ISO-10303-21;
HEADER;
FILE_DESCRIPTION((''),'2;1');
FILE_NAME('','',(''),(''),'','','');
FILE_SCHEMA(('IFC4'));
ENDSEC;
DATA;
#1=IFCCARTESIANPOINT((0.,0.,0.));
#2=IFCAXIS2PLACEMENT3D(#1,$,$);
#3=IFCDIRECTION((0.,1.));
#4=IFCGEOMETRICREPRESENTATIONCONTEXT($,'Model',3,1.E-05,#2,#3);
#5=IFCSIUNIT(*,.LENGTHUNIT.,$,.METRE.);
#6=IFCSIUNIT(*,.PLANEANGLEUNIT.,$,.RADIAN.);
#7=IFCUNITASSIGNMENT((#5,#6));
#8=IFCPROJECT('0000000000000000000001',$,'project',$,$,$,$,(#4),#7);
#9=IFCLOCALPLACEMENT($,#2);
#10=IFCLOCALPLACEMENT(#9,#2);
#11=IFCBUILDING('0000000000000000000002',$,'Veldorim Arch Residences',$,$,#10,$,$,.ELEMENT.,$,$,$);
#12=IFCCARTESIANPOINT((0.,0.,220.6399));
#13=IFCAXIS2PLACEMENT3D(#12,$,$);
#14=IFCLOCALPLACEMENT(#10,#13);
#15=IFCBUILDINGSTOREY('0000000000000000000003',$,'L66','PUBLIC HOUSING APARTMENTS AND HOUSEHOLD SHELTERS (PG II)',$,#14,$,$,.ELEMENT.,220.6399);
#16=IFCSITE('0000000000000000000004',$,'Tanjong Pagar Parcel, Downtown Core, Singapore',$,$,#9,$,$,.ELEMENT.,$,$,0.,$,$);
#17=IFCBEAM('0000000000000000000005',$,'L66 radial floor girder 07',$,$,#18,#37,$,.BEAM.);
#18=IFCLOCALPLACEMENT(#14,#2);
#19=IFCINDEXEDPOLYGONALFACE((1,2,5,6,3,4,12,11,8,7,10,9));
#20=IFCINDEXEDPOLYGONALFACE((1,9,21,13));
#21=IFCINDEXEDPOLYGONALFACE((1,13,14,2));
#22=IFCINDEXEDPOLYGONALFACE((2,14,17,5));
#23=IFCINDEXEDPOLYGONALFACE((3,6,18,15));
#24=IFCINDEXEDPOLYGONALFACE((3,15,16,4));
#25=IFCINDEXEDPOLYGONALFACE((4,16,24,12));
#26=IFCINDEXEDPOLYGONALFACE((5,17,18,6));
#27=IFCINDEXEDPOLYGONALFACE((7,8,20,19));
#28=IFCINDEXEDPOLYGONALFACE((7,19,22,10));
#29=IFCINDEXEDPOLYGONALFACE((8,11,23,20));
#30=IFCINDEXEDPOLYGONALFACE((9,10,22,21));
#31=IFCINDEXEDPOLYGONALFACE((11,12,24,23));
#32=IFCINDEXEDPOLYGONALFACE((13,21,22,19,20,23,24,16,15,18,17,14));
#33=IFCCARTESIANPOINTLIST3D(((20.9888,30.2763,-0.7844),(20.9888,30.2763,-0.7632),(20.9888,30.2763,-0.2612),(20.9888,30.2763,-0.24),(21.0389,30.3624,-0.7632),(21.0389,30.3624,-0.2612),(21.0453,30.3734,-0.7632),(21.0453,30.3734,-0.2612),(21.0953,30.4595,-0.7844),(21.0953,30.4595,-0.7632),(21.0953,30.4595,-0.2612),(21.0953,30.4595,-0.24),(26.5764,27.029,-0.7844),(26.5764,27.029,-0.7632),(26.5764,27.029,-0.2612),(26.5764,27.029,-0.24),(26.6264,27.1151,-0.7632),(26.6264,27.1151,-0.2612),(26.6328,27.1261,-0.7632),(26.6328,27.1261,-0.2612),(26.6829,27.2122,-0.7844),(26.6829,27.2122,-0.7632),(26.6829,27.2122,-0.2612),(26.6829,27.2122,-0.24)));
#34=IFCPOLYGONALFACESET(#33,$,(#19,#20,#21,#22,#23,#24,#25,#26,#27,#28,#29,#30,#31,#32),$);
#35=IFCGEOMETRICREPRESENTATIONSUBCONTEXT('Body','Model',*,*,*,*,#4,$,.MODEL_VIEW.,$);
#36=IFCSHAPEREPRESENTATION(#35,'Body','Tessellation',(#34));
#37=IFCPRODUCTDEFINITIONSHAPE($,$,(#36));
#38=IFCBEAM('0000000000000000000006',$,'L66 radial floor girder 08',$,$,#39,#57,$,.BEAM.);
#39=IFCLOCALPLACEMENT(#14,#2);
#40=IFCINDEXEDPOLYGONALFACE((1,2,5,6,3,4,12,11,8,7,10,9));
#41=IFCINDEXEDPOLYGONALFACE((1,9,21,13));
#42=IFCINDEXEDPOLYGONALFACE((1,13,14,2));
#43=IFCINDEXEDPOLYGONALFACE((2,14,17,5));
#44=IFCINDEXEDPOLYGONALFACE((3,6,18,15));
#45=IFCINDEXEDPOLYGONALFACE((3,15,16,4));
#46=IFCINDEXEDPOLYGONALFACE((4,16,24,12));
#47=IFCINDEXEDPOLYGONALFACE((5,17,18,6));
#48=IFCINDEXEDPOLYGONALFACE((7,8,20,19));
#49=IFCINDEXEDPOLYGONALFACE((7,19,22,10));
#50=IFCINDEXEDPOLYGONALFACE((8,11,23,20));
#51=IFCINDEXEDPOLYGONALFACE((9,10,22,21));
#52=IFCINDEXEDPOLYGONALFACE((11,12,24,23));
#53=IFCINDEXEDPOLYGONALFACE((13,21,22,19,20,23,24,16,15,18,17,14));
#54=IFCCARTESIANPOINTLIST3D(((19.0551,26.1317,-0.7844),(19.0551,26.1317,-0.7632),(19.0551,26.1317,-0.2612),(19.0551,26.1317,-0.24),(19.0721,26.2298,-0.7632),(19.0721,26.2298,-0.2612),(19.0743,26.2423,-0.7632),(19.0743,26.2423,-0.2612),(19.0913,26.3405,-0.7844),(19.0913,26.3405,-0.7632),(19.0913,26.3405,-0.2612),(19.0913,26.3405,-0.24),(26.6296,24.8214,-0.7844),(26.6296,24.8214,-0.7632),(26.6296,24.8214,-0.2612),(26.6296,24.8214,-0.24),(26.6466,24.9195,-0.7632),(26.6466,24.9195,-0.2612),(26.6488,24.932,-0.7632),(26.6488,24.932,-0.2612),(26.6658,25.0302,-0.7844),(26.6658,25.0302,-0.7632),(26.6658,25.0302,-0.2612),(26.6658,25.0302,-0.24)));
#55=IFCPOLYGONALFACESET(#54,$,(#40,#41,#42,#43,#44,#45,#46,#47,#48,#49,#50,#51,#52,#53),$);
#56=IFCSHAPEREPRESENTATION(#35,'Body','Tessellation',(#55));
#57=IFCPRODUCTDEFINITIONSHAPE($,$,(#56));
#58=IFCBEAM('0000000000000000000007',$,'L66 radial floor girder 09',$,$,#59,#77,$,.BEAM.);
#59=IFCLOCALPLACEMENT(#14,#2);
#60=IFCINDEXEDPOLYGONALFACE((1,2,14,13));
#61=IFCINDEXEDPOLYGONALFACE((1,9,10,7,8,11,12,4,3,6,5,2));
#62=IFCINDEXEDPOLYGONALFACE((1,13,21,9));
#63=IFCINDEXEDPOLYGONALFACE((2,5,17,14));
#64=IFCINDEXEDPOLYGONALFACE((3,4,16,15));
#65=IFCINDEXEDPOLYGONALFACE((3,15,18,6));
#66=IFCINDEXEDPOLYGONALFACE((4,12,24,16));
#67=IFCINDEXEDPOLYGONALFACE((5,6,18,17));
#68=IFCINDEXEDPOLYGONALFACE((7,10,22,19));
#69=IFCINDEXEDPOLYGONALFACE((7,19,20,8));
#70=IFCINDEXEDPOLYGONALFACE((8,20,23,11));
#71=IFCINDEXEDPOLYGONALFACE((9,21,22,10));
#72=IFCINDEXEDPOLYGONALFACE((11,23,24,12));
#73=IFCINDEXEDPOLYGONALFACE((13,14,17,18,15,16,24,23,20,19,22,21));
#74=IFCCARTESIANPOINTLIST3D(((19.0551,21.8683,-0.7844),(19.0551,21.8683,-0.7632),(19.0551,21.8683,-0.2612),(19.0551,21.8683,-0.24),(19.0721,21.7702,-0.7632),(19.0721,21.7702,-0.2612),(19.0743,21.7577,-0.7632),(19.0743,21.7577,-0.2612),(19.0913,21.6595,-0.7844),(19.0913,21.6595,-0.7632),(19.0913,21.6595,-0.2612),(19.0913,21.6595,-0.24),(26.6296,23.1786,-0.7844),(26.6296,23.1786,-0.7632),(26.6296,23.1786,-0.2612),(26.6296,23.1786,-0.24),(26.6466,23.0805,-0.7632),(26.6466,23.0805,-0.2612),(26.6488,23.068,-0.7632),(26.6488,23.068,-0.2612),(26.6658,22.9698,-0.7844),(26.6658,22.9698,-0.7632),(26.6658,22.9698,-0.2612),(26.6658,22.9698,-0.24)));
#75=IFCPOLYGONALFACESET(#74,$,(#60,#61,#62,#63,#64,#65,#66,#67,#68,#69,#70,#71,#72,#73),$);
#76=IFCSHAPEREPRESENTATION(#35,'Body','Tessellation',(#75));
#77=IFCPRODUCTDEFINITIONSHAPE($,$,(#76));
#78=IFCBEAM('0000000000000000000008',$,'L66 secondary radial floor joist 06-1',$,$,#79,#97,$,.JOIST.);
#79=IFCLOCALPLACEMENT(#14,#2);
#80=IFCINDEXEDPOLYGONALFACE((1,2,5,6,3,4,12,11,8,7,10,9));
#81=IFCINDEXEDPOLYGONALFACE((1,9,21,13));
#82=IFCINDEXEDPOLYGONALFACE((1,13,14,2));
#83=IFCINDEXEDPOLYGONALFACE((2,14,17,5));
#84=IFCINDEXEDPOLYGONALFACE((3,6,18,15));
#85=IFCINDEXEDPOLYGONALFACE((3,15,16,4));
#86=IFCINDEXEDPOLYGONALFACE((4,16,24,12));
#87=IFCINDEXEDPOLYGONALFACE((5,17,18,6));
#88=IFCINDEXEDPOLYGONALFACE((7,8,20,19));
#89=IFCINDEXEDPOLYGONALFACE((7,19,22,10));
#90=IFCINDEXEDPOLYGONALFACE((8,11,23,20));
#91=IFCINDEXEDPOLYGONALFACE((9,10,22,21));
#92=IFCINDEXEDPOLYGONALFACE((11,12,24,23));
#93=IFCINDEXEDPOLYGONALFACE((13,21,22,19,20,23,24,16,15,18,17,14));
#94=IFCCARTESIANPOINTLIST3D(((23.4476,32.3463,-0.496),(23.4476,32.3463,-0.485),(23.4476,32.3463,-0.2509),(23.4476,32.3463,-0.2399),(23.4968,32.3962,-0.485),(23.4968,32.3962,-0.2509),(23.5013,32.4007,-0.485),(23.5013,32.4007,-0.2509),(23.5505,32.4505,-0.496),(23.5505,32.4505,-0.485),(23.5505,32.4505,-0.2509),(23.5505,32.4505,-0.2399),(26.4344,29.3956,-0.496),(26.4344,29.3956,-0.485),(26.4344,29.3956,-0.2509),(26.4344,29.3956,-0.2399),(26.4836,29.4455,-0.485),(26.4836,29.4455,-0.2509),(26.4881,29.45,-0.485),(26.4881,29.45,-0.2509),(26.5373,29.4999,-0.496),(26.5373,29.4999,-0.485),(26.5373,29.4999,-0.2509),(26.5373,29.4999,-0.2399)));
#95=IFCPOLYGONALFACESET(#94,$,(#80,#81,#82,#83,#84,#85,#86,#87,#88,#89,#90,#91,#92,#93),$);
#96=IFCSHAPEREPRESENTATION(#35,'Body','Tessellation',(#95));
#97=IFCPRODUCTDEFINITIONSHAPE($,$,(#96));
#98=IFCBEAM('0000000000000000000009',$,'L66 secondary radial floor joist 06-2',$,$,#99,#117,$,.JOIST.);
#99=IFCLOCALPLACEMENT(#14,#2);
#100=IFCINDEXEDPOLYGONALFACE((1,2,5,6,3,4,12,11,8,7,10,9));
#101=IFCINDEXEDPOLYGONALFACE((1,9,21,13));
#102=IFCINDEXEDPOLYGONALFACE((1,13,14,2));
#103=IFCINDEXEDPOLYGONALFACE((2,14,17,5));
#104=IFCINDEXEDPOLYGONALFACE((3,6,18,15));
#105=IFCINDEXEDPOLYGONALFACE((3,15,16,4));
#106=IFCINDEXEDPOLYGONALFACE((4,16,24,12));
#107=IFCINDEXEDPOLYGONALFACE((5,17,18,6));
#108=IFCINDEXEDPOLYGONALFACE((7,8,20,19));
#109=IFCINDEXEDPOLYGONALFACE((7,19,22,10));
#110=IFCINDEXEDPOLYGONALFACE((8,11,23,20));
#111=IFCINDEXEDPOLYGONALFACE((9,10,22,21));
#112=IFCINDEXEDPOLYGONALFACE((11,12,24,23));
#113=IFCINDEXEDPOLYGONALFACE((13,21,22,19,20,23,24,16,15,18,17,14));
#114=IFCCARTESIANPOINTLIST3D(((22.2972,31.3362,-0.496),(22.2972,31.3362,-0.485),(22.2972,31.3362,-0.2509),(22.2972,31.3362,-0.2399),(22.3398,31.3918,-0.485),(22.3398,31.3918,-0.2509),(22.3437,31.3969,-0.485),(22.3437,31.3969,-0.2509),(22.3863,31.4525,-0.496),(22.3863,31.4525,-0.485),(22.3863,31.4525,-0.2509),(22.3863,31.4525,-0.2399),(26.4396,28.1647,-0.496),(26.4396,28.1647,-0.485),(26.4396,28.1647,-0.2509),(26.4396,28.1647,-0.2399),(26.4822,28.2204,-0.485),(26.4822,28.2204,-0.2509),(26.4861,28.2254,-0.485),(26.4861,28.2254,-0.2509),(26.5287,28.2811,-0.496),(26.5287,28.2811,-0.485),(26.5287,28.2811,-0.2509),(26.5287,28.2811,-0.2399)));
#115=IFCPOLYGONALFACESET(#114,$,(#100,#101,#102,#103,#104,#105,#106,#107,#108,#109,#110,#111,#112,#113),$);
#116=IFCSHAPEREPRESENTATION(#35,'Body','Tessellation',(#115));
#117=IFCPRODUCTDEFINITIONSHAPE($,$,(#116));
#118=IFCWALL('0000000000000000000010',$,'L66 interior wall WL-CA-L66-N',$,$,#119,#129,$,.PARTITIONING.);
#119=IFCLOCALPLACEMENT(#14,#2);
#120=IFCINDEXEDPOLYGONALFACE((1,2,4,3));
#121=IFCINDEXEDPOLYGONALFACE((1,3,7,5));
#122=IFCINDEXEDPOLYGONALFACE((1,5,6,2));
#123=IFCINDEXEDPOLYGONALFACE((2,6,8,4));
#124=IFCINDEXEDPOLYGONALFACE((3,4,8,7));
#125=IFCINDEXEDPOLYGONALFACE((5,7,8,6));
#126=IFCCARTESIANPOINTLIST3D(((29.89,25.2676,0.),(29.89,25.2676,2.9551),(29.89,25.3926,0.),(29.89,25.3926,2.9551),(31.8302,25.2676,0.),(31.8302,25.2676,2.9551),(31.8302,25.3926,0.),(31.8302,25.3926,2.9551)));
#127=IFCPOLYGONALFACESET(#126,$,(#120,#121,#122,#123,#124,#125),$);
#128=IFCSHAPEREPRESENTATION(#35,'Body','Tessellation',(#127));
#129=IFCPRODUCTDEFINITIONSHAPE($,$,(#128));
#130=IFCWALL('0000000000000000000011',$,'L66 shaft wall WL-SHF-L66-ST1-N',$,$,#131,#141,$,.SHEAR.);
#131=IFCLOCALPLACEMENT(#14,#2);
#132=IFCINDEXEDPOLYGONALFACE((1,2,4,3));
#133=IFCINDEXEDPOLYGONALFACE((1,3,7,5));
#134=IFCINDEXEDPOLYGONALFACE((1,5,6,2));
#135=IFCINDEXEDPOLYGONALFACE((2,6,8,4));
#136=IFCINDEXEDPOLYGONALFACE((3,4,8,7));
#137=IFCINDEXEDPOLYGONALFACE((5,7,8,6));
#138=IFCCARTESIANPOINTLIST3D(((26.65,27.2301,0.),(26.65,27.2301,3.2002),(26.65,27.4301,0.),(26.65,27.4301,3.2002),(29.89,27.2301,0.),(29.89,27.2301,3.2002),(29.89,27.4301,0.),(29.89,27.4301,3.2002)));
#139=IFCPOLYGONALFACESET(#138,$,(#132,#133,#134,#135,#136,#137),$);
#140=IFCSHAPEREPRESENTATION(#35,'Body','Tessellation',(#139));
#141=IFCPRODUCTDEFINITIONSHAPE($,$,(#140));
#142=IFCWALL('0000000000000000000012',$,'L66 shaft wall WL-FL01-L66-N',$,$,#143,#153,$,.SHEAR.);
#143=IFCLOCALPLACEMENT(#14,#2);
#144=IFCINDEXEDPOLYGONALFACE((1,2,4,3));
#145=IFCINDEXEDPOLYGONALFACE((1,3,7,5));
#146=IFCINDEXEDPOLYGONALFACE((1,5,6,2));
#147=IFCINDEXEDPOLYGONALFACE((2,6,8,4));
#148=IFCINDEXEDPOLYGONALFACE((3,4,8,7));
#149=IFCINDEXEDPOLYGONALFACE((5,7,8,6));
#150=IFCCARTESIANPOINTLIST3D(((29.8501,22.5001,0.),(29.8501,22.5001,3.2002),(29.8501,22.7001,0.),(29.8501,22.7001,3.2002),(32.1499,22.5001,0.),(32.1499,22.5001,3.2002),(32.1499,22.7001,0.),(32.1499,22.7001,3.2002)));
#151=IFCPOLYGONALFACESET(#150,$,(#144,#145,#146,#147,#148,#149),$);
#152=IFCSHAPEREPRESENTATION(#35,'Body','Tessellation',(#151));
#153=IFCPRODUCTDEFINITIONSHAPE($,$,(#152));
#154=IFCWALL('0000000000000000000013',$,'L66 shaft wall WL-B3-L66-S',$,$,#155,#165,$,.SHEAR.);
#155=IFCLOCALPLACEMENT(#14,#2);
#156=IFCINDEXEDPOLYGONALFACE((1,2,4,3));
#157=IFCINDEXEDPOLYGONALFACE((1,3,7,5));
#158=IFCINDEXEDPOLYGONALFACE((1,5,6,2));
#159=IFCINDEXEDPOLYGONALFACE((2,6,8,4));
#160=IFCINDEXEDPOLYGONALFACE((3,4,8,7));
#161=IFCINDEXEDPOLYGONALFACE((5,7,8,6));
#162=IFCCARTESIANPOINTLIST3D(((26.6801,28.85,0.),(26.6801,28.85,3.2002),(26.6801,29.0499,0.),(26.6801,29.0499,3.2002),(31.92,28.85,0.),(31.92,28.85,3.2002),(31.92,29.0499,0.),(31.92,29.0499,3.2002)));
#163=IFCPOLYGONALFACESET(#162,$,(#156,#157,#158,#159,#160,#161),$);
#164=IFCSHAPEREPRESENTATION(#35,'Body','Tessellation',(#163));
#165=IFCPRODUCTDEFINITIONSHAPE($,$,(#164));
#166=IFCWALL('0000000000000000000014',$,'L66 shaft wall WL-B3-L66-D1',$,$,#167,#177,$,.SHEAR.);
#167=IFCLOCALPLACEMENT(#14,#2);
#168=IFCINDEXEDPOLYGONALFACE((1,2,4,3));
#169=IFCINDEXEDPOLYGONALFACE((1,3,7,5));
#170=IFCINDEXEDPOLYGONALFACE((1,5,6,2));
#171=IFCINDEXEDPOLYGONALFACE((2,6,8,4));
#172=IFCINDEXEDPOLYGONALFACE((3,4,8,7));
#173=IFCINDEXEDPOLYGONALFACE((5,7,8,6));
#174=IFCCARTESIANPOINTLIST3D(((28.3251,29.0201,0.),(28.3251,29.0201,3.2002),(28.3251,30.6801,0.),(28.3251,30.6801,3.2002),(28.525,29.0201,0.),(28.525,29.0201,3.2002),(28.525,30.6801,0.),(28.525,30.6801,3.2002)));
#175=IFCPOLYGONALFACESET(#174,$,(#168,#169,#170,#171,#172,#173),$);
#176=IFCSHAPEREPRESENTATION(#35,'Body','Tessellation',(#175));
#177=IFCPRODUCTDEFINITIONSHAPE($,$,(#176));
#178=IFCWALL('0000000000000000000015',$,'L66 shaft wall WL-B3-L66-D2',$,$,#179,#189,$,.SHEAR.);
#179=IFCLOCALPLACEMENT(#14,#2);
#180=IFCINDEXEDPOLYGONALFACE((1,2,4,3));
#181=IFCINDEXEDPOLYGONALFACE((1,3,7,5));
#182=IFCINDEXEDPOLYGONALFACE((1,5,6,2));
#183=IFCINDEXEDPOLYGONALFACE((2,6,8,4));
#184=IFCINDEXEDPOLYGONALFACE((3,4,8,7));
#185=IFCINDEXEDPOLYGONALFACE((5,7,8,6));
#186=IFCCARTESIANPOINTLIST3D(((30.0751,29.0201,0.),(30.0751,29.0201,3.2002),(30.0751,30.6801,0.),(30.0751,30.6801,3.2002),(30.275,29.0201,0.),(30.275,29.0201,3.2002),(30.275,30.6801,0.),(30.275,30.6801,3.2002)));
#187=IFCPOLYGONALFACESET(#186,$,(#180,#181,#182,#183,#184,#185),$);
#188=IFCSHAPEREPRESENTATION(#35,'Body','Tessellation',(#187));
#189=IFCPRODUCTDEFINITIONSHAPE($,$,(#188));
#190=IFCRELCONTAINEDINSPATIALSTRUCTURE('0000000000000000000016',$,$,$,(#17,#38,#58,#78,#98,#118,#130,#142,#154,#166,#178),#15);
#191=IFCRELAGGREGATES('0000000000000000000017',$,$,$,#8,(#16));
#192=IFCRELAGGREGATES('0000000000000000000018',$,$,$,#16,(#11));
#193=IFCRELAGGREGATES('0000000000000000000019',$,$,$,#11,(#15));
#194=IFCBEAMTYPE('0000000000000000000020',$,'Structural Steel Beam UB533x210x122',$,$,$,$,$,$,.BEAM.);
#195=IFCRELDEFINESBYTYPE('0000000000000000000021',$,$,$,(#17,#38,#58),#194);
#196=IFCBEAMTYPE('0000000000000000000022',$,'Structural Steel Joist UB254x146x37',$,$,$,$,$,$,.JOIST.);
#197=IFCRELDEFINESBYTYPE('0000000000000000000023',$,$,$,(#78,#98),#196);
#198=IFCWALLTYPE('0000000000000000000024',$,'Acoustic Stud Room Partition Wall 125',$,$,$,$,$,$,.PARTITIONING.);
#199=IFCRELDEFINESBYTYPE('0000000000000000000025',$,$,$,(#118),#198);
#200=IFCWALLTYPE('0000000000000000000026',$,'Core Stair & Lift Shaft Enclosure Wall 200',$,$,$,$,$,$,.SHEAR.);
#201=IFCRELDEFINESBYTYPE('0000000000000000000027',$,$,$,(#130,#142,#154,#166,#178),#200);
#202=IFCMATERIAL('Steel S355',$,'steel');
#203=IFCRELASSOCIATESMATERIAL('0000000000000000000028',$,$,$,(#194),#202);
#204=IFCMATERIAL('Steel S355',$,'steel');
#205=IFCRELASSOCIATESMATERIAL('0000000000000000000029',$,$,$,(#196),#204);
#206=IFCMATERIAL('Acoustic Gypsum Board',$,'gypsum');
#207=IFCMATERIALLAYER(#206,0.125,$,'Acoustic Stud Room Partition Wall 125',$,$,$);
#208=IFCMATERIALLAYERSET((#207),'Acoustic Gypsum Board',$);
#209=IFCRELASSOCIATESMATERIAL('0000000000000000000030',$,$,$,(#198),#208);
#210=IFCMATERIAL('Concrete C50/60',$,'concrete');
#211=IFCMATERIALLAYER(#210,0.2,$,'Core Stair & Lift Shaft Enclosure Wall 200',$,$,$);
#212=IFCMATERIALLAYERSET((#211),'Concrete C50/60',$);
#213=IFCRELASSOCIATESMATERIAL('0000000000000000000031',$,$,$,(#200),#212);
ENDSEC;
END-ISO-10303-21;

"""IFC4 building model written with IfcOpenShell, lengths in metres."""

from ifc_helpers import new_model, si_unit, direction, frame, frame_2d, origin, origin_2d, place, context, subcontext, project, spatial, rectangle, i_section, extrude, material, layer, layer_set, material_profile, profile_set, type_object, element, save


model = new_model("IFC4")

# Units and contexts
model_context = context("Model", 3, precision=1e-05, world=origin(), true_north=direction((0.0, 1.0)))
body_context = subcontext(model_context, "Body", "Model", "MODEL_VIEW")
ifc_project = project(units=[si_unit("LENGTHUNIT", "METRE"), si_unit("PLANEANGLEUNIT", "RADIAN")], contexts=[model_context])

# Site, building, storey
site_placement = place(None, origin())
site = spatial("IfcSite", under=ifc_project, at=site_placement, Name="Tanjong Pagar Parcel, Downtown Core, Singapore", CompositionType="ELEMENT", RefElevation=0.0)
building_placement = place(site_placement, origin())
building = spatial("IfcBuilding", under=site, at=building_placement, Name="Veldorim Arch Residences", CompositionType="ELEMENT")
storey_placement = place(building_placement, frame((0.0, 0.0, 220.6399)))
storey = spatial("IfcBuildingStorey", under=building, at=storey_placement, Name="L66", Description="PUBLIC HOUSING APARTMENTS AND HOUSEHOLD SHELTERS (PG II)", CompositionType="ELEMENT", Elevation=220.6399)

# Beams
ifc_material_1 = material(Name="Steel S355", Category="steel")
ifc_material_profile_1 = material_profile(ifc_material_1, i_section(OverallWidth=0.2119, OverallDepth=0.5444, WebThickness=0.0127, FlangeThickness=0.0212, at=origin_2d()), Name="UB533x210x122")
ifc_profile_set_1 = profile_set([ifc_material_profile_1], Name="Steel S355")
beam_type_1 = type_object("IfcBeamType", Name="Structural Steel Beam UB533x210x122", PredefinedType="BEAM", material=ifc_profile_set_1)
beam_1_placement = place(storey_placement, frame((26.6296, 27.1206, -0.5122), z_axis=(-0.864596, 0.502468, 0.0), x_axis=(-0.502468, -0.864596, 0.0)))
element("IfcBeam", 1, at=beam_1_placement, inside=storey, type_object=beam_type_1, Name="L66 radial floor girder 07", PredefinedType="BEAM", context=body_context, shape_type="SweptSolid", body=[
    extrude(i_section(OverallWidth=0.2119, OverallDepth=0.5444, WebThickness=0.0127, FlangeThickness=0.0212, at=origin_2d()), origin(), (0.0, 0.0, 1.0), 6.4626),
])
for number, where, z_axis, x_axis, name in (
    (2, (26.6477, 24.9258, -0.5122), (-0.985365, 0.170458, 0.0), (-0.170458, -0.985365, 0.0), "L66 radial floor girder 08"),
    (3, (26.6477, 23.0742, -0.5122), (-0.985365, -0.170458, 0.0), (0.170458, -0.985365, 0.0), "L66 radial floor girder 09"),
):
    element("IfcBeam", number, at=place(storey_placement, frame(where, z_axis=z_axis, x_axis=x_axis)), inside=storey, type_object=beam_type_1, Name=name, PredefinedType="BEAM", context=body_context, shape_type="SweptSolid", body=[
        extrude(i_section(OverallWidth=0.2119, OverallDepth=0.5444, WebThickness=0.0127, FlangeThickness=0.0212, at=origin_2d()), origin(), (0.0, 0.0, 1.0), 7.687),
    ])
ifc_material_2 = material(Name="Steel S355", Category="steel")
ifc_material_profile_2 = material_profile(ifc_material_2, i_section(OverallWidth=0.1465, OverallDepth=0.2561, WebThickness=0.0063, FlangeThickness=0.011, at=origin_2d()), Name="UB254x146x37")
ifc_profile_set_2 = profile_set([ifc_material_profile_2], Name="Steel S355")
beam_type_2 = type_object("IfcBeamType", Name="Structural Steel Joist UB254x146x37", PredefinedType="JOIST", material=ifc_profile_set_2)
beam_2_placement = place(storey_placement, frame((26.4858, 29.4478, -0.3679), z_axis=(-0.711397, 0.702791, 0.0), x_axis=(-0.702791, -0.711397, 0.0)))
element("IfcBeam", 4, at=beam_2_placement, inside=storey, type_object=beam_type_2, Name="L66 secondary radial floor joist 06-1", PredefinedType="JOIST", context=body_context, shape_type="SweptSolid", body=[
    extrude(i_section(OverallWidth=0.1465, OverallDepth=0.2561, WebThickness=0.0063, FlangeThickness=0.011, at=origin_2d()), origin(), (0.0, 0.0, 1.0), 4.1985),
])
beam_3_placement = place(storey_placement, frame((26.4841, 28.2229, -0.3679), z_axis=(-0.794014, 0.6079, 0.0), x_axis=(-0.6079, -0.794014, 0.0)))
element("IfcBeam", 5, at=beam_3_placement, inside=storey, type_object=beam_type_2, Name="L66 secondary radial floor joist 06-2", PredefinedType="JOIST", context=body_context, shape_type="SweptSolid", body=[
    extrude(i_section(OverallWidth=0.1465, OverallDepth=0.2561, WebThickness=0.0063, FlangeThickness=0.011, at=origin_2d()), origin(), (0.0, 0.0, 1.0), 5.217),
])

# Walls
ifc_material_3 = material(Name="Acoustic Gypsum Board", Category="gypsum")
ifc_layer_1 = layer(ifc_material_3, 0.125, Name="Acoustic Stud Room Partition Wall 125")
ifc_layer_set_1 = layer_set([ifc_layer_1], Name="Acoustic Gypsum Board")
wall_type_1 = type_object("IfcWallType", Name="Acoustic Stud Room Partition Wall 125", PredefinedType="PARTITIONING", material=ifc_layer_set_1)
wall_1_placement = place(storey_placement, frame((29.8899, 25.3301, 0.0), z_axis=(0.0, 0.0, 1.0), x_axis=(1.0, 0.0, 0.0)))
element("IfcWall", 6, at=wall_1_placement, inside=storey, type_object=wall_type_1, Name="L66 interior wall WL-CA-L66-N", PredefinedType="PARTITIONING", context=body_context, shape_type="SweptSolid", body=[
    extrude(rectangle(XDim=1.9402, YDim=0.125, at=frame_2d((0.9702, 0.0))), origin(), (0.0, 0.0, 1.0), 2.9551),
])
ifc_material_4 = material(Name="Concrete C50/60", Category="concrete")
ifc_layer_2 = layer(ifc_material_4, 0.2, Name="Core Stair & Lift Shaft Enclosure Wall 200")
ifc_layer_set_2 = layer_set([ifc_layer_2], Name="Concrete C50/60")
wall_type_2 = type_object("IfcWallType", Name="Core Stair & Lift Shaft Enclosure Wall 200", PredefinedType="SHEAR", material=ifc_layer_set_2)
wall_2_placement = place(storey_placement, frame((26.6499, 27.3301, 0.0), z_axis=(0.0, 0.0, 1.0), x_axis=(1.0, 0.0, 0.0)))
element("IfcWall", 7, at=wall_2_placement, inside=storey, type_object=wall_type_2, Name="L66 shaft wall WL-SHF-L66-ST1-N", PredefinedType="SHEAR", context=body_context, shape_type="SweptSolid", body=[
    extrude(rectangle(XDim=3.24, YDim=0.2, at=frame_2d((1.6201, 0.0))), origin(), (0.0, 0.0, 1.0), 3.2002),
])
wall_3_placement = place(storey_placement, frame((29.8501, 22.6001, 0.0), z_axis=(0.0, 0.0, 1.0), x_axis=(1.0, 0.0, 0.0)))
element("IfcWall", 8, at=wall_3_placement, inside=storey, type_object=wall_type_2, Name="L66 shaft wall WL-FL01-L66-N", PredefinedType="SHEAR", context=body_context, shape_type="SweptSolid", body=[
    extrude(rectangle(XDim=2.2998, YDim=0.2, at=frame_2d((1.1499, 0.0))), origin(), (0.0, 0.0, 1.0), 3.2002),
])
wall_4_placement = place(storey_placement, frame((26.6799, 28.95, 0.0), z_axis=(0.0, 0.0, 1.0), x_axis=(1.0, 0.0, 0.0)))
element("IfcWall", 9, at=wall_4_placement, inside=storey, type_object=wall_type_2, Name="L66 shaft wall WL-B3-L66-S", PredefinedType="SHEAR", context=body_context, shape_type="SweptSolid", body=[
    extrude(rectangle(XDim=5.24, YDim=0.2, at=frame_2d((2.6201, 0.0))), origin(), (0.0, 0.0, 1.0), 3.2002),
])
for number, where, z_axis, x_axis, name in (
    (10, (28.425, 29.02, 0.0), (0.0, 0.0, 1.0), (0.0, 1.0, 0.0), "L66 shaft wall WL-B3-L66-D1"),
    (11, (30.175, 29.02, 0.0), (0.0, 0.0, 1.0), (0.0, 1.0, 0.0), "L66 shaft wall WL-B3-L66-D2"),
):
    element("IfcWall", number, at=place(storey_placement, frame(where, z_axis=z_axis, x_axis=x_axis)), inside=storey, type_object=wall_type_2, Name=name, PredefinedType="SHEAR", context=body_context, shape_type="SweptSolid", body=[
        extrude(rectangle(XDim=1.6599, YDim=0.2, at=frame_2d((0.8301, 0.0))), origin(), (0.0, 0.0, 1.0), 3.2002),
    ])

save(model, "model.ifc")
